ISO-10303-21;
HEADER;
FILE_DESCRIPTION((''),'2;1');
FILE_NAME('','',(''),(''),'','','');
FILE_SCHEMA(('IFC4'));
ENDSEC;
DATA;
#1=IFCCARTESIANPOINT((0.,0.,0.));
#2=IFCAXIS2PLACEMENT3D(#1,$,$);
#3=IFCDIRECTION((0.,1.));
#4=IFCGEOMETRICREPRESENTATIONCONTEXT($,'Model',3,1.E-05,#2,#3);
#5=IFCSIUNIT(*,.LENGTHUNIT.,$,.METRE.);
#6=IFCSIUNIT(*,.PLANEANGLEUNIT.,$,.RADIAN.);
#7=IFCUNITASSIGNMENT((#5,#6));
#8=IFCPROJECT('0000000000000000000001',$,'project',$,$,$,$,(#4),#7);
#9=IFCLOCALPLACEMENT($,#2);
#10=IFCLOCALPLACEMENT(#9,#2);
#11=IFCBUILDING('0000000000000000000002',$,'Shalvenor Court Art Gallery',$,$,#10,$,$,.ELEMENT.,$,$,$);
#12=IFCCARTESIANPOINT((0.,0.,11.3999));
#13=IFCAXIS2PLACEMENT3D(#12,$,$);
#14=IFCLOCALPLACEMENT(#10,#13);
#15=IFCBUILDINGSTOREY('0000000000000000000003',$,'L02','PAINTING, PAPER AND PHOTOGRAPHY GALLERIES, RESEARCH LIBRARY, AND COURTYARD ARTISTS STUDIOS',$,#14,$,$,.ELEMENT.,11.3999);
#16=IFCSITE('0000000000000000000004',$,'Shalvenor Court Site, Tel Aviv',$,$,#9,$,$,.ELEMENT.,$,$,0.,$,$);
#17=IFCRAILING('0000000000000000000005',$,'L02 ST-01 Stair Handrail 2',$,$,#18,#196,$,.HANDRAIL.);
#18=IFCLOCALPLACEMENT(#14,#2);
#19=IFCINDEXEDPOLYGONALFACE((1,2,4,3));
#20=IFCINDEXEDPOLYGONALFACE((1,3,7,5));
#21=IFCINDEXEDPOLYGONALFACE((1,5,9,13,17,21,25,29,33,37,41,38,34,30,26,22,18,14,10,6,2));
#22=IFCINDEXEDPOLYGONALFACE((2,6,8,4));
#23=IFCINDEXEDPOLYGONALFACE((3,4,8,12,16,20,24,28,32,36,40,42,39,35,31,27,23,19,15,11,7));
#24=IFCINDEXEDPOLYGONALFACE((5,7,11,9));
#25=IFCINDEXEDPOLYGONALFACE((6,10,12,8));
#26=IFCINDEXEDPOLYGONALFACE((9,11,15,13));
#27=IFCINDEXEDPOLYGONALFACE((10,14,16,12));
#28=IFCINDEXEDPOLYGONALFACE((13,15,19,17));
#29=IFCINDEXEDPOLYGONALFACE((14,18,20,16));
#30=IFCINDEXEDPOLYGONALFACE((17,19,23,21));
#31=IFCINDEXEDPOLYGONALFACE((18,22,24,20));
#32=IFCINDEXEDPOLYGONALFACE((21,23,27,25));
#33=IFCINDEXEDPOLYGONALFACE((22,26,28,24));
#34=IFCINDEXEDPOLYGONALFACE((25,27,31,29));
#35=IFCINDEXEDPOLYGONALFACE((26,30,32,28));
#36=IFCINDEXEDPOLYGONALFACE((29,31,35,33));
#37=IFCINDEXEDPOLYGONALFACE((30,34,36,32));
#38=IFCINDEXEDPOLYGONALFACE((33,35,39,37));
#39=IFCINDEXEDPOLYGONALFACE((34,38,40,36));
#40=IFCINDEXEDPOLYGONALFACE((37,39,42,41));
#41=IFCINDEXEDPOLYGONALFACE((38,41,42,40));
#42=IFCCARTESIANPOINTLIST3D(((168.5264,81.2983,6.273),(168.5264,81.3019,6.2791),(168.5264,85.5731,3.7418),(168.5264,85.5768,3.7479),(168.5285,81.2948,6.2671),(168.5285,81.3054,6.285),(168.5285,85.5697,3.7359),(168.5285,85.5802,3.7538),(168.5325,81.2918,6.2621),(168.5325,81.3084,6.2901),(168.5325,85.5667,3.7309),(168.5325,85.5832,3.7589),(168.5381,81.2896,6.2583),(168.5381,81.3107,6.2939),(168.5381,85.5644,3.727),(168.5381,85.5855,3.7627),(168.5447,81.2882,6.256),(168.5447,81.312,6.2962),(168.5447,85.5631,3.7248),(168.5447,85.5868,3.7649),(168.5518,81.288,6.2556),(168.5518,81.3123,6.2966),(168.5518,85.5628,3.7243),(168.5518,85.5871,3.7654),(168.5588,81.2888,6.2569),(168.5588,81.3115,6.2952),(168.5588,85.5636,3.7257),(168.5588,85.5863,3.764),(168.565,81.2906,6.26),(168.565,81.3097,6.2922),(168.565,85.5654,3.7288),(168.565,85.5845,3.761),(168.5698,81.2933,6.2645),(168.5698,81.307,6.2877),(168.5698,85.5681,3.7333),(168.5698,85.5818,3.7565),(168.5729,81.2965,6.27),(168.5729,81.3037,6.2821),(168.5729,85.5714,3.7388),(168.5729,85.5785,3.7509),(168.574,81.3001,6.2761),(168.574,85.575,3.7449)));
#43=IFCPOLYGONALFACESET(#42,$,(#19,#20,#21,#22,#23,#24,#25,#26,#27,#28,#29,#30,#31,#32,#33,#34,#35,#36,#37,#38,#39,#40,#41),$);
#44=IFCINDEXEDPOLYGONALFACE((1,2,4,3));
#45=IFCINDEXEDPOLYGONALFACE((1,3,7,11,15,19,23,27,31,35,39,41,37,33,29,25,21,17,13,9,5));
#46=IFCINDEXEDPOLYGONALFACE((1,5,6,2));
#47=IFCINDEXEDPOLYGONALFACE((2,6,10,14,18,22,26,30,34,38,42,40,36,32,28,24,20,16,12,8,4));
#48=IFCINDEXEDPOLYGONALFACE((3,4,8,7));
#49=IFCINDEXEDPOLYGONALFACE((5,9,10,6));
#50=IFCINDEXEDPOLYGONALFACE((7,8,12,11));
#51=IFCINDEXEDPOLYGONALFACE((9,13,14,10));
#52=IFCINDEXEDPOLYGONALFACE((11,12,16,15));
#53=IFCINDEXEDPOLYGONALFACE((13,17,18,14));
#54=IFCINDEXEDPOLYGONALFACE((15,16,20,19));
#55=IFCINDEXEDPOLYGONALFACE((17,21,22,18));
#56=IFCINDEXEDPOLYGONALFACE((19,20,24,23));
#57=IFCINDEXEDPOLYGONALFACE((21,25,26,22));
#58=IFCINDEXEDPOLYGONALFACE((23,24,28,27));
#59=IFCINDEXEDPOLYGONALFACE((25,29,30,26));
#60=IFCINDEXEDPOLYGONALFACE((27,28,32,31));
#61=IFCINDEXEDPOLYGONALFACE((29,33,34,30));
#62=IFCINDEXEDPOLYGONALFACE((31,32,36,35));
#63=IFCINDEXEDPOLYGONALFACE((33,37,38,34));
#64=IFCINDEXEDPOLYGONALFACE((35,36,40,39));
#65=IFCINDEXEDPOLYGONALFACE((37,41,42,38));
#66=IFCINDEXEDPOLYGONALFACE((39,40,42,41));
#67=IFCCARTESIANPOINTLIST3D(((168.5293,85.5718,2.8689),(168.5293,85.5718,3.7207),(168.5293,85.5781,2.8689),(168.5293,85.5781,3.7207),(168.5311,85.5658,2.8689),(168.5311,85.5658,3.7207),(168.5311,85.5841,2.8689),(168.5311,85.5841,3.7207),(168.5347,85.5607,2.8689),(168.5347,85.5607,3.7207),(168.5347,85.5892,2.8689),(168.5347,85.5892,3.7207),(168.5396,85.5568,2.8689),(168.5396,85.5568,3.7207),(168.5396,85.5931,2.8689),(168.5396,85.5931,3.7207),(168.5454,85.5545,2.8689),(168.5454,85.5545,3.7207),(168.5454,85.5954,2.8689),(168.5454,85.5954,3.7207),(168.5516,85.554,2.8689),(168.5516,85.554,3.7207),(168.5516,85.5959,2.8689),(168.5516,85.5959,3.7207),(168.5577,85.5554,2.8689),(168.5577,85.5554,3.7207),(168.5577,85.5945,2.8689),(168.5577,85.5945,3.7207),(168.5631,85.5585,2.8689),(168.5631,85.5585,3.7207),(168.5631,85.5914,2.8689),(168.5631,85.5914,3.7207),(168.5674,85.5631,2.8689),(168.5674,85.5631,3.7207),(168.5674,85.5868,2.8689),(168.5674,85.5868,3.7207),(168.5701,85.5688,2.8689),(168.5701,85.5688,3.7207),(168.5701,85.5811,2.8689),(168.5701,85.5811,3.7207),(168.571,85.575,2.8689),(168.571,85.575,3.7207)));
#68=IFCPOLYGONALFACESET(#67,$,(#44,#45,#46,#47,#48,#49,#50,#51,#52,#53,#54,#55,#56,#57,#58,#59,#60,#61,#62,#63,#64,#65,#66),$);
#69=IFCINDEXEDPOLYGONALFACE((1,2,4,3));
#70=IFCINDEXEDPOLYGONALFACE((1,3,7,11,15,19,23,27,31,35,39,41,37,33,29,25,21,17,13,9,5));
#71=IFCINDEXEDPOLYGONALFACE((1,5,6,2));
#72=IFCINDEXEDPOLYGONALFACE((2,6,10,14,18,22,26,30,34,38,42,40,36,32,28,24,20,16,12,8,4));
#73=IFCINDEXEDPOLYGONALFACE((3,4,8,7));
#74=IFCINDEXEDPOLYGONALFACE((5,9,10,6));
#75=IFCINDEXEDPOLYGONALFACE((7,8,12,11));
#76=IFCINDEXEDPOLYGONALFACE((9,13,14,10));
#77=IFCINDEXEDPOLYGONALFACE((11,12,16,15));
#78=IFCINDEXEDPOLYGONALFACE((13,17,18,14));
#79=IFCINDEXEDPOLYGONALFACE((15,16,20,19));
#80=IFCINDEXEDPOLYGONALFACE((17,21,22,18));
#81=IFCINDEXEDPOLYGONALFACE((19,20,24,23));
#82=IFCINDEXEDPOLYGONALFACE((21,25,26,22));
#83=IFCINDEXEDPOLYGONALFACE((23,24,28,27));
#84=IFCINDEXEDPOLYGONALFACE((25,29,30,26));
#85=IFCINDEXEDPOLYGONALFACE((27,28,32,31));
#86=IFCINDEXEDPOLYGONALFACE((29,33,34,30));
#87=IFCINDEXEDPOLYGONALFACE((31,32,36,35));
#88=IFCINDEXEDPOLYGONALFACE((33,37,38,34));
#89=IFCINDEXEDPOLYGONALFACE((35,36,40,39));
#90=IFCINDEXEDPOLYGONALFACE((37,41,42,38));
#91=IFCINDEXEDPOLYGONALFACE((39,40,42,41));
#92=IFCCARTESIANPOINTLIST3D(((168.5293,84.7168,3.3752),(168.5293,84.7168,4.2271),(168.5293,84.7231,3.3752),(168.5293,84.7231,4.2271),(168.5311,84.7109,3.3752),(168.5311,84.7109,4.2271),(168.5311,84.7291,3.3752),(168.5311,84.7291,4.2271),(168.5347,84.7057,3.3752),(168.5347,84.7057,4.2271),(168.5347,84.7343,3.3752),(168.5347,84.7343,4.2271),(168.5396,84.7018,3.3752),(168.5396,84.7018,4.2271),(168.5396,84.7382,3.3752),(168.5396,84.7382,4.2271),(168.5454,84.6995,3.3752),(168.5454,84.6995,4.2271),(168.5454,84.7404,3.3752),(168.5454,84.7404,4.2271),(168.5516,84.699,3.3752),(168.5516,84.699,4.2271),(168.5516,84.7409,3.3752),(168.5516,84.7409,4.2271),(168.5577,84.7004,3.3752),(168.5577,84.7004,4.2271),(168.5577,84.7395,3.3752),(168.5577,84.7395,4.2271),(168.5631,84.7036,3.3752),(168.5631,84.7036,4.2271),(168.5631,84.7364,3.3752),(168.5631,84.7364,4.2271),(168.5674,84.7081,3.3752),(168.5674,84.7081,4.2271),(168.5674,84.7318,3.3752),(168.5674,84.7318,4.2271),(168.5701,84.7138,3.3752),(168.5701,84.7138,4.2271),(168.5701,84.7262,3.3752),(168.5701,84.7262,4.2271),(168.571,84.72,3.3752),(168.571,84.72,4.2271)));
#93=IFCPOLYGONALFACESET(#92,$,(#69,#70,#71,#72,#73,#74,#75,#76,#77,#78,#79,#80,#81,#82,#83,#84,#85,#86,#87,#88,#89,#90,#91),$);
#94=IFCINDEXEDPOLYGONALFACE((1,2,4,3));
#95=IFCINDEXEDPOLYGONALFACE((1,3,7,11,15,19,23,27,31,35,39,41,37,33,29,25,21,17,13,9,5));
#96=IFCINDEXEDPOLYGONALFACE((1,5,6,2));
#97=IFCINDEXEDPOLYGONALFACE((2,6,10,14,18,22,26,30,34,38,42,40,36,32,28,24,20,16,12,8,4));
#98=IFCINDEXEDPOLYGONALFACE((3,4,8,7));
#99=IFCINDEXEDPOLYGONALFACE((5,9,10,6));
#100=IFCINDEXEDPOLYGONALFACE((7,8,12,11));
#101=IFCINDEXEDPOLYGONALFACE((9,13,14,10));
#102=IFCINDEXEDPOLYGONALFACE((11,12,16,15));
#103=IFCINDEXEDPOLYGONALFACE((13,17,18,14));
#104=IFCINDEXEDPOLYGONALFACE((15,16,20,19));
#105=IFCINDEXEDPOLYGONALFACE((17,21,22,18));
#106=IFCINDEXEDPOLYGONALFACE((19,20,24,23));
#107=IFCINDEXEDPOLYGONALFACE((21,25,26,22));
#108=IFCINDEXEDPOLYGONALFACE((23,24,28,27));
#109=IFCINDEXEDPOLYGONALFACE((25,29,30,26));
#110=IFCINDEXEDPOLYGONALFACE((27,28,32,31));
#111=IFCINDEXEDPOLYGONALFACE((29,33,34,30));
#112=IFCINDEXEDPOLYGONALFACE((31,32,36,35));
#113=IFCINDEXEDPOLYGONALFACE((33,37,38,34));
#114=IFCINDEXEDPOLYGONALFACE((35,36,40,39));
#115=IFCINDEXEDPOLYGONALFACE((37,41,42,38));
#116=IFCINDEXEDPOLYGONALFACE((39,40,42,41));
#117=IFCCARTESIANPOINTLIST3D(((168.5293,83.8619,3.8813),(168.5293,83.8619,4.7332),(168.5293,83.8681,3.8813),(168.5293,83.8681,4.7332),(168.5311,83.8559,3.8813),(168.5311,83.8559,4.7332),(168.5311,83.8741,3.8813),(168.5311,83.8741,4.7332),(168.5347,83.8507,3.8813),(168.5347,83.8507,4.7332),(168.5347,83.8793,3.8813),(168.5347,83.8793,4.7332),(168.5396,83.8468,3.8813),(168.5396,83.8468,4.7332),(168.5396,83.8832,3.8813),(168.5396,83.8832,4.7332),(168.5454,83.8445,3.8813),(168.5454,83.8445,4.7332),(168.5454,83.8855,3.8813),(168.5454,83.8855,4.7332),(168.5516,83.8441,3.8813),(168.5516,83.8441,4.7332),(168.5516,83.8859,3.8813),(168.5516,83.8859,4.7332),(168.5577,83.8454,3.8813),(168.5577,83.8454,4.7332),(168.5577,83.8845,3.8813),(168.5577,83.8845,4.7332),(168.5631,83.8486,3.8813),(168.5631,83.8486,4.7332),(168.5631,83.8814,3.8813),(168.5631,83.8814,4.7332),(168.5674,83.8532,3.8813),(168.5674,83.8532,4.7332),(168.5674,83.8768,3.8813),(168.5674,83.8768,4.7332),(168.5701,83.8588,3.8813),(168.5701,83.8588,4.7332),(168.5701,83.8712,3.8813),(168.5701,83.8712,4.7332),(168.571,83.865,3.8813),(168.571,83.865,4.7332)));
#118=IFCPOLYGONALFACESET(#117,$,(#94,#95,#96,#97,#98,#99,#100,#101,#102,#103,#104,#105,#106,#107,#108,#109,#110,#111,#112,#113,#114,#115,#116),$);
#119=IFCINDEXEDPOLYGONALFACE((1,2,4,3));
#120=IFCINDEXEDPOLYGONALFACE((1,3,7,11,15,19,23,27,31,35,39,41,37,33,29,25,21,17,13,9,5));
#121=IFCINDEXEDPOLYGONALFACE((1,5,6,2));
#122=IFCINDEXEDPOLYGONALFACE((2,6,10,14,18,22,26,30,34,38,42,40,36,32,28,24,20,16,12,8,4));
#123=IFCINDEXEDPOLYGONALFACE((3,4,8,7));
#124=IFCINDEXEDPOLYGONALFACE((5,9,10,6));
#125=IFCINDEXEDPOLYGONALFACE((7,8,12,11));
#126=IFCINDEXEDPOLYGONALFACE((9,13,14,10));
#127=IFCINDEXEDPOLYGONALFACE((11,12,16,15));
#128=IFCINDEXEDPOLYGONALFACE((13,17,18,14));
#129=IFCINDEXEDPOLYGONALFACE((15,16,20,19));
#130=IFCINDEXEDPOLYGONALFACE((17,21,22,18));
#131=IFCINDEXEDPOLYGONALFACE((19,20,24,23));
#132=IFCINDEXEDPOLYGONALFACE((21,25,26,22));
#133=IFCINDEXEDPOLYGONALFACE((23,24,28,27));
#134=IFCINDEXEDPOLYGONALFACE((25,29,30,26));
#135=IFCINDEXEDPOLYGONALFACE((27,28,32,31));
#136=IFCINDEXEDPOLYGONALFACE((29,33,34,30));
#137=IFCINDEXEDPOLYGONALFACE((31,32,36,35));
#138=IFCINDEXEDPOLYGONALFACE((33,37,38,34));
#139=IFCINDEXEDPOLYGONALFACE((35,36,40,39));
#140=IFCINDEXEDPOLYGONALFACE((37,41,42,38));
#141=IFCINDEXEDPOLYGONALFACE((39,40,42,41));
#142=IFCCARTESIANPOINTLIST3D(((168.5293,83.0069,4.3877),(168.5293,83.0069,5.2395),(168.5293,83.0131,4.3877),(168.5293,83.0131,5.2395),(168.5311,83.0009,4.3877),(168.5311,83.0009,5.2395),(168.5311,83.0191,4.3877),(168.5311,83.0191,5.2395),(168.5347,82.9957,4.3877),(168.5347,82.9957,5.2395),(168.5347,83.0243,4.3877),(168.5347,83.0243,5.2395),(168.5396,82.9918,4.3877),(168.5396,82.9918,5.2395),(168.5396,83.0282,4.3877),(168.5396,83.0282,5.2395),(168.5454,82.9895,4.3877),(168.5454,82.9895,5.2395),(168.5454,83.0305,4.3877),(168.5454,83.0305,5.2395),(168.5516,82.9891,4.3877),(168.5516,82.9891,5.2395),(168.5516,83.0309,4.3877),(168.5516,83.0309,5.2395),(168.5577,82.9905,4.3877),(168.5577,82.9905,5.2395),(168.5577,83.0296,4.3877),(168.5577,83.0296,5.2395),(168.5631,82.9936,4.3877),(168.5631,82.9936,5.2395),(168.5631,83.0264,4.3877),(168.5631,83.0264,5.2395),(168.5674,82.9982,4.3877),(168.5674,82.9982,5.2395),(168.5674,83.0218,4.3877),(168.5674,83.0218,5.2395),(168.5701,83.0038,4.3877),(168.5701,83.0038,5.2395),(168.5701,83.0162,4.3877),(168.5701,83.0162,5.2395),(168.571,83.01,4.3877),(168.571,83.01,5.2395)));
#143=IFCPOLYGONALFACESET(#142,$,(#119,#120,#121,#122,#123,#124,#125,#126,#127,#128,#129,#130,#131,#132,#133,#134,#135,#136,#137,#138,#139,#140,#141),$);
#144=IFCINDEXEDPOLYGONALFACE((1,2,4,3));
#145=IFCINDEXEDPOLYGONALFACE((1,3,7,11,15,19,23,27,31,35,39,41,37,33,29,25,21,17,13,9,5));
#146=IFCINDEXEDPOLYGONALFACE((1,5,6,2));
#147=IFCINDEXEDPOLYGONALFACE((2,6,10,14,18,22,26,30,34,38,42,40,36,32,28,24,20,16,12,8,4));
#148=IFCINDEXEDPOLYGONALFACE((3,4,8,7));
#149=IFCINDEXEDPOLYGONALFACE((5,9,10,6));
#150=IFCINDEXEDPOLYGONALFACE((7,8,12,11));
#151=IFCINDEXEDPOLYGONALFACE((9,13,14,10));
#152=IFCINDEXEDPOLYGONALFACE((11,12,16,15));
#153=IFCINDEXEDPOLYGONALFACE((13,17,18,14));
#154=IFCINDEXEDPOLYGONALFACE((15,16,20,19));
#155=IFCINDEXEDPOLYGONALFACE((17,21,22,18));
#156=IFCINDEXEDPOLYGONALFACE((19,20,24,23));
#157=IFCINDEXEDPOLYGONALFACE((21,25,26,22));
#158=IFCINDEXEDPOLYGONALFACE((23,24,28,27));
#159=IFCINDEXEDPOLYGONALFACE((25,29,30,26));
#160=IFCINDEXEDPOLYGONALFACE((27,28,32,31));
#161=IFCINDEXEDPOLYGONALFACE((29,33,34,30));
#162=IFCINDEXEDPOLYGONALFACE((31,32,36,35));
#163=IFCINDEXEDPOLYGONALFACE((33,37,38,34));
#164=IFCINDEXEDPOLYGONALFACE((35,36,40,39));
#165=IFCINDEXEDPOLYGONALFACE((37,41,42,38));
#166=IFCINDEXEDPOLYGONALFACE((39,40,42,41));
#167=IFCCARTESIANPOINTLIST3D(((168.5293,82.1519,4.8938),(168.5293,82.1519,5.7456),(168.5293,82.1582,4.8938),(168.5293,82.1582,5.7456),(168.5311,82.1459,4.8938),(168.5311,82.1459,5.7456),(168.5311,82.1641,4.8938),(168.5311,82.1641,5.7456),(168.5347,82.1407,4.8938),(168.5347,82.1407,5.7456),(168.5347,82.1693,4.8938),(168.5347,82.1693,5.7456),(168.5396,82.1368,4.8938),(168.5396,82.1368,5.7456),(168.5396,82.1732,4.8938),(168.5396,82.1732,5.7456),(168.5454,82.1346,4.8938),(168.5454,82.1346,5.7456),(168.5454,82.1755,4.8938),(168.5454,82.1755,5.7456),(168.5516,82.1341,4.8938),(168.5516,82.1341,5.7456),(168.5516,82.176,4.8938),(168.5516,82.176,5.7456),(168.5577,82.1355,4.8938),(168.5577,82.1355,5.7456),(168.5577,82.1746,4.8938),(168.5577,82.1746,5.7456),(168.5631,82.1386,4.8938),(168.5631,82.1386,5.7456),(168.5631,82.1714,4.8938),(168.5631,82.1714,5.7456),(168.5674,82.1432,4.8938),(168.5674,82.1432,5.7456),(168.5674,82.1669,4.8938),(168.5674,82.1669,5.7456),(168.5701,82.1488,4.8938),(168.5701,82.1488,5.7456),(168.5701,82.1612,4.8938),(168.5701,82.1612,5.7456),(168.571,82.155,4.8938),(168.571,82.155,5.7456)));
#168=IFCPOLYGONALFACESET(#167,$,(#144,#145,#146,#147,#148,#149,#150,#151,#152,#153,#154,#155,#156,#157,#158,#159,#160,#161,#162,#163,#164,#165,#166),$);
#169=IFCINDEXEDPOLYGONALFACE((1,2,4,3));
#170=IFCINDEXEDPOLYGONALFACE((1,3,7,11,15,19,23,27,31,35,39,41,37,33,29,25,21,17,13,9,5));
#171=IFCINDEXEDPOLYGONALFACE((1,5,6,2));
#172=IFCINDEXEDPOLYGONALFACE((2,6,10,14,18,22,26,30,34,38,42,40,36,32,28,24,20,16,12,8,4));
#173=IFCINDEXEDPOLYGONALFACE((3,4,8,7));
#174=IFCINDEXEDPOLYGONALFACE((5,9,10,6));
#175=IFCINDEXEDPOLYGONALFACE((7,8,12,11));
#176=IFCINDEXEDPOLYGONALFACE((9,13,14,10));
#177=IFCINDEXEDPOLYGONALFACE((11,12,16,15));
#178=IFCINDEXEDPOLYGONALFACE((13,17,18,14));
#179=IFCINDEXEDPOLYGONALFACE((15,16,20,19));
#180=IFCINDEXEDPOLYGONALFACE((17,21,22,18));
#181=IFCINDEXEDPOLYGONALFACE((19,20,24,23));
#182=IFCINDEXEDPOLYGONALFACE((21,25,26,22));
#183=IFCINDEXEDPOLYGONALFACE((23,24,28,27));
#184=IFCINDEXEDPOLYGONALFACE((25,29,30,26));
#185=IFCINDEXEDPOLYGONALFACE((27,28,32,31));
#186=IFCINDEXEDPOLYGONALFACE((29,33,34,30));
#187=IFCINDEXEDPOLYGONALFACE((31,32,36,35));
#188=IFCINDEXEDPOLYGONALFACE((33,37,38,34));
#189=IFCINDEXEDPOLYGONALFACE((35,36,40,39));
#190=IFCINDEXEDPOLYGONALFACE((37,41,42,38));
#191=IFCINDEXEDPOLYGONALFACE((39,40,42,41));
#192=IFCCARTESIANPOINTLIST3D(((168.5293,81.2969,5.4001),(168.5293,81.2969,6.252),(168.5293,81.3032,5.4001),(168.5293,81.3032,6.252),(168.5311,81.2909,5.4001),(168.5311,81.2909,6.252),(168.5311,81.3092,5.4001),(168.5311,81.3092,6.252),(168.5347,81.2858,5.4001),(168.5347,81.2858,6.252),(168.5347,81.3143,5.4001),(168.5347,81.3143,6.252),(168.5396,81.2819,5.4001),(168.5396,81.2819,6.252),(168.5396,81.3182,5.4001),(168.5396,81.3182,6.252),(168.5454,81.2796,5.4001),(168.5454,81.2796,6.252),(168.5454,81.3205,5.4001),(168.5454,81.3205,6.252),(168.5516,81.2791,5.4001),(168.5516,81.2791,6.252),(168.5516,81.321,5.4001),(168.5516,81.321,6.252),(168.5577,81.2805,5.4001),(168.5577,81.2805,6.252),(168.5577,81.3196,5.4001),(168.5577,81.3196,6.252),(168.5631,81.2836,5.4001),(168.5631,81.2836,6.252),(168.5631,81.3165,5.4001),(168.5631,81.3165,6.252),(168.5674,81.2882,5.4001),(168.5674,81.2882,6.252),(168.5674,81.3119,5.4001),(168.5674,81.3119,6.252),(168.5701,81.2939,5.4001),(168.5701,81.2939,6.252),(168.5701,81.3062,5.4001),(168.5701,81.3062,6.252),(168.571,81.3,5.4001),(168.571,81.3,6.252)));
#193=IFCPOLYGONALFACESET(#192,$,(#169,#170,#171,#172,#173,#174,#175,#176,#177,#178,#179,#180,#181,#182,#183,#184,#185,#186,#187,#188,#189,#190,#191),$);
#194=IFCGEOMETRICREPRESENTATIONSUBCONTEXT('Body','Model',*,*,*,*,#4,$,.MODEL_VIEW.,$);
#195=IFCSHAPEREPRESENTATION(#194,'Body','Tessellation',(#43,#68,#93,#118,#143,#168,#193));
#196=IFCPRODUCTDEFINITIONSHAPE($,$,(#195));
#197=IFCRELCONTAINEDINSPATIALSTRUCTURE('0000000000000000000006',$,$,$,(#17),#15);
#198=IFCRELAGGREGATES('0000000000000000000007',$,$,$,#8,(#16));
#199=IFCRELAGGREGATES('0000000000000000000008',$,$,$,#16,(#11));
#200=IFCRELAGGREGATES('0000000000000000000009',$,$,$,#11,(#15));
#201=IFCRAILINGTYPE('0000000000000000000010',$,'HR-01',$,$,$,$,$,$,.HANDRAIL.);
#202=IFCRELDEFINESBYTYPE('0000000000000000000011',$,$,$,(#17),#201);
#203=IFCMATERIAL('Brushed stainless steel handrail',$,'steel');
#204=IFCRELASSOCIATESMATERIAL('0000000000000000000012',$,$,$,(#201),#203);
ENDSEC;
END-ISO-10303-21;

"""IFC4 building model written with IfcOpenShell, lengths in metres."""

from ifc_helpers import new_model, si_unit, direction, frame, origin, origin_2d, place, context, subcontext, project, spatial, circle, extrude, material, type_object, element, save


model = new_model("IFC4")

# Units and contexts
model_context = context("Model", 3, precision=1e-05, world=origin(), true_north=direction((0.0, 1.0)))
body_context = subcontext(model_context, "Body", "Model", "MODEL_VIEW")
ifc_project = project(units=[si_unit("LENGTHUNIT", "METRE"), si_unit("PLANEANGLEUNIT", "RADIAN")], contexts=[model_context])

# Site, building, storey
site_placement = place(None, origin())
site = spatial("IfcSite", under=ifc_project, at=site_placement, Name="Shalvenor Court Site, Tel Aviv", CompositionType="ELEMENT", RefElevation=0.0)
building_placement = place(site_placement, origin())
building = spatial("IfcBuilding", under=site, at=building_placement, Name="Shalvenor Court Art Gallery", CompositionType="ELEMENT")
storey_placement = place(building_placement, frame((0.0, 0.0, 11.3999)))
storey = spatial("IfcBuildingStorey", under=building, at=storey_placement, Name="L02", Description="PAINTING, PAPER AND PHOTOGRAPHY GALLERIES, RESEARCH LIBRARY, AND COURTYARD ARTISTS STUDIOS", CompositionType="ELEMENT", Elevation=11.3999)

# Railing
ifc_material_1 = material(Name="Brushed stainless steel handrail", Category="steel")
railing_type_1 = type_object("IfcRailingType", Name="HR-01", PredefinedType="HANDRAIL", material=ifc_material_1)
railing_1_placement = place(storey_placement, frame((168.55, 85.575, 2.8689)))
element("IfcRailing", 1, at=railing_1_placement, inside=storey, type_object=railing_type_1, Name="L02 ST-01 Stair Handrail 2", PredefinedType="HANDRAIL", context=body_context, shape_type="SweptSolid", body=[
    extrude(circle(Radius=0.0239, at=origin_2d()), frame((0.0, 0.0, 0.876), z_axis=(0.0, -0.86047, 0.509501), x_axis=(1.0, 0.0, 0.0)), (0.0, 0.0, 1.0), 4.968),
    extrude(circle(Radius=0.021, at=origin_2d()), origin(), (0.0, 0.0, 1.0), 0.8518),
    extrude(circle(Radius=0.021, at=origin_2d()), frame((0.0, -0.855, 0.5063)), (0.0, 0.0, 1.0), 0.8518),
    extrude(circle(Radius=0.021, at=origin_2d()), frame((0.0, -1.71, 1.0125)), (0.0, 0.0, 1.0), 0.8518),
    extrude(circle(Radius=0.021, at=origin_2d()), frame((0.0, -2.5649, 1.5188)), (0.0, 0.0, 1.0), 0.8518),
    extrude(circle(Radius=0.021, at=origin_2d()), frame((0.0, -3.4199, 2.0249)), (0.0, 0.0, 1.0), 0.8518),
    extrude(circle(Radius=0.021, at=origin_2d()), frame((0.0, -4.2749, 2.5312)), (0.0, 0.0, 1.0), 0.8518),
])

save(model, "model.ifc")
